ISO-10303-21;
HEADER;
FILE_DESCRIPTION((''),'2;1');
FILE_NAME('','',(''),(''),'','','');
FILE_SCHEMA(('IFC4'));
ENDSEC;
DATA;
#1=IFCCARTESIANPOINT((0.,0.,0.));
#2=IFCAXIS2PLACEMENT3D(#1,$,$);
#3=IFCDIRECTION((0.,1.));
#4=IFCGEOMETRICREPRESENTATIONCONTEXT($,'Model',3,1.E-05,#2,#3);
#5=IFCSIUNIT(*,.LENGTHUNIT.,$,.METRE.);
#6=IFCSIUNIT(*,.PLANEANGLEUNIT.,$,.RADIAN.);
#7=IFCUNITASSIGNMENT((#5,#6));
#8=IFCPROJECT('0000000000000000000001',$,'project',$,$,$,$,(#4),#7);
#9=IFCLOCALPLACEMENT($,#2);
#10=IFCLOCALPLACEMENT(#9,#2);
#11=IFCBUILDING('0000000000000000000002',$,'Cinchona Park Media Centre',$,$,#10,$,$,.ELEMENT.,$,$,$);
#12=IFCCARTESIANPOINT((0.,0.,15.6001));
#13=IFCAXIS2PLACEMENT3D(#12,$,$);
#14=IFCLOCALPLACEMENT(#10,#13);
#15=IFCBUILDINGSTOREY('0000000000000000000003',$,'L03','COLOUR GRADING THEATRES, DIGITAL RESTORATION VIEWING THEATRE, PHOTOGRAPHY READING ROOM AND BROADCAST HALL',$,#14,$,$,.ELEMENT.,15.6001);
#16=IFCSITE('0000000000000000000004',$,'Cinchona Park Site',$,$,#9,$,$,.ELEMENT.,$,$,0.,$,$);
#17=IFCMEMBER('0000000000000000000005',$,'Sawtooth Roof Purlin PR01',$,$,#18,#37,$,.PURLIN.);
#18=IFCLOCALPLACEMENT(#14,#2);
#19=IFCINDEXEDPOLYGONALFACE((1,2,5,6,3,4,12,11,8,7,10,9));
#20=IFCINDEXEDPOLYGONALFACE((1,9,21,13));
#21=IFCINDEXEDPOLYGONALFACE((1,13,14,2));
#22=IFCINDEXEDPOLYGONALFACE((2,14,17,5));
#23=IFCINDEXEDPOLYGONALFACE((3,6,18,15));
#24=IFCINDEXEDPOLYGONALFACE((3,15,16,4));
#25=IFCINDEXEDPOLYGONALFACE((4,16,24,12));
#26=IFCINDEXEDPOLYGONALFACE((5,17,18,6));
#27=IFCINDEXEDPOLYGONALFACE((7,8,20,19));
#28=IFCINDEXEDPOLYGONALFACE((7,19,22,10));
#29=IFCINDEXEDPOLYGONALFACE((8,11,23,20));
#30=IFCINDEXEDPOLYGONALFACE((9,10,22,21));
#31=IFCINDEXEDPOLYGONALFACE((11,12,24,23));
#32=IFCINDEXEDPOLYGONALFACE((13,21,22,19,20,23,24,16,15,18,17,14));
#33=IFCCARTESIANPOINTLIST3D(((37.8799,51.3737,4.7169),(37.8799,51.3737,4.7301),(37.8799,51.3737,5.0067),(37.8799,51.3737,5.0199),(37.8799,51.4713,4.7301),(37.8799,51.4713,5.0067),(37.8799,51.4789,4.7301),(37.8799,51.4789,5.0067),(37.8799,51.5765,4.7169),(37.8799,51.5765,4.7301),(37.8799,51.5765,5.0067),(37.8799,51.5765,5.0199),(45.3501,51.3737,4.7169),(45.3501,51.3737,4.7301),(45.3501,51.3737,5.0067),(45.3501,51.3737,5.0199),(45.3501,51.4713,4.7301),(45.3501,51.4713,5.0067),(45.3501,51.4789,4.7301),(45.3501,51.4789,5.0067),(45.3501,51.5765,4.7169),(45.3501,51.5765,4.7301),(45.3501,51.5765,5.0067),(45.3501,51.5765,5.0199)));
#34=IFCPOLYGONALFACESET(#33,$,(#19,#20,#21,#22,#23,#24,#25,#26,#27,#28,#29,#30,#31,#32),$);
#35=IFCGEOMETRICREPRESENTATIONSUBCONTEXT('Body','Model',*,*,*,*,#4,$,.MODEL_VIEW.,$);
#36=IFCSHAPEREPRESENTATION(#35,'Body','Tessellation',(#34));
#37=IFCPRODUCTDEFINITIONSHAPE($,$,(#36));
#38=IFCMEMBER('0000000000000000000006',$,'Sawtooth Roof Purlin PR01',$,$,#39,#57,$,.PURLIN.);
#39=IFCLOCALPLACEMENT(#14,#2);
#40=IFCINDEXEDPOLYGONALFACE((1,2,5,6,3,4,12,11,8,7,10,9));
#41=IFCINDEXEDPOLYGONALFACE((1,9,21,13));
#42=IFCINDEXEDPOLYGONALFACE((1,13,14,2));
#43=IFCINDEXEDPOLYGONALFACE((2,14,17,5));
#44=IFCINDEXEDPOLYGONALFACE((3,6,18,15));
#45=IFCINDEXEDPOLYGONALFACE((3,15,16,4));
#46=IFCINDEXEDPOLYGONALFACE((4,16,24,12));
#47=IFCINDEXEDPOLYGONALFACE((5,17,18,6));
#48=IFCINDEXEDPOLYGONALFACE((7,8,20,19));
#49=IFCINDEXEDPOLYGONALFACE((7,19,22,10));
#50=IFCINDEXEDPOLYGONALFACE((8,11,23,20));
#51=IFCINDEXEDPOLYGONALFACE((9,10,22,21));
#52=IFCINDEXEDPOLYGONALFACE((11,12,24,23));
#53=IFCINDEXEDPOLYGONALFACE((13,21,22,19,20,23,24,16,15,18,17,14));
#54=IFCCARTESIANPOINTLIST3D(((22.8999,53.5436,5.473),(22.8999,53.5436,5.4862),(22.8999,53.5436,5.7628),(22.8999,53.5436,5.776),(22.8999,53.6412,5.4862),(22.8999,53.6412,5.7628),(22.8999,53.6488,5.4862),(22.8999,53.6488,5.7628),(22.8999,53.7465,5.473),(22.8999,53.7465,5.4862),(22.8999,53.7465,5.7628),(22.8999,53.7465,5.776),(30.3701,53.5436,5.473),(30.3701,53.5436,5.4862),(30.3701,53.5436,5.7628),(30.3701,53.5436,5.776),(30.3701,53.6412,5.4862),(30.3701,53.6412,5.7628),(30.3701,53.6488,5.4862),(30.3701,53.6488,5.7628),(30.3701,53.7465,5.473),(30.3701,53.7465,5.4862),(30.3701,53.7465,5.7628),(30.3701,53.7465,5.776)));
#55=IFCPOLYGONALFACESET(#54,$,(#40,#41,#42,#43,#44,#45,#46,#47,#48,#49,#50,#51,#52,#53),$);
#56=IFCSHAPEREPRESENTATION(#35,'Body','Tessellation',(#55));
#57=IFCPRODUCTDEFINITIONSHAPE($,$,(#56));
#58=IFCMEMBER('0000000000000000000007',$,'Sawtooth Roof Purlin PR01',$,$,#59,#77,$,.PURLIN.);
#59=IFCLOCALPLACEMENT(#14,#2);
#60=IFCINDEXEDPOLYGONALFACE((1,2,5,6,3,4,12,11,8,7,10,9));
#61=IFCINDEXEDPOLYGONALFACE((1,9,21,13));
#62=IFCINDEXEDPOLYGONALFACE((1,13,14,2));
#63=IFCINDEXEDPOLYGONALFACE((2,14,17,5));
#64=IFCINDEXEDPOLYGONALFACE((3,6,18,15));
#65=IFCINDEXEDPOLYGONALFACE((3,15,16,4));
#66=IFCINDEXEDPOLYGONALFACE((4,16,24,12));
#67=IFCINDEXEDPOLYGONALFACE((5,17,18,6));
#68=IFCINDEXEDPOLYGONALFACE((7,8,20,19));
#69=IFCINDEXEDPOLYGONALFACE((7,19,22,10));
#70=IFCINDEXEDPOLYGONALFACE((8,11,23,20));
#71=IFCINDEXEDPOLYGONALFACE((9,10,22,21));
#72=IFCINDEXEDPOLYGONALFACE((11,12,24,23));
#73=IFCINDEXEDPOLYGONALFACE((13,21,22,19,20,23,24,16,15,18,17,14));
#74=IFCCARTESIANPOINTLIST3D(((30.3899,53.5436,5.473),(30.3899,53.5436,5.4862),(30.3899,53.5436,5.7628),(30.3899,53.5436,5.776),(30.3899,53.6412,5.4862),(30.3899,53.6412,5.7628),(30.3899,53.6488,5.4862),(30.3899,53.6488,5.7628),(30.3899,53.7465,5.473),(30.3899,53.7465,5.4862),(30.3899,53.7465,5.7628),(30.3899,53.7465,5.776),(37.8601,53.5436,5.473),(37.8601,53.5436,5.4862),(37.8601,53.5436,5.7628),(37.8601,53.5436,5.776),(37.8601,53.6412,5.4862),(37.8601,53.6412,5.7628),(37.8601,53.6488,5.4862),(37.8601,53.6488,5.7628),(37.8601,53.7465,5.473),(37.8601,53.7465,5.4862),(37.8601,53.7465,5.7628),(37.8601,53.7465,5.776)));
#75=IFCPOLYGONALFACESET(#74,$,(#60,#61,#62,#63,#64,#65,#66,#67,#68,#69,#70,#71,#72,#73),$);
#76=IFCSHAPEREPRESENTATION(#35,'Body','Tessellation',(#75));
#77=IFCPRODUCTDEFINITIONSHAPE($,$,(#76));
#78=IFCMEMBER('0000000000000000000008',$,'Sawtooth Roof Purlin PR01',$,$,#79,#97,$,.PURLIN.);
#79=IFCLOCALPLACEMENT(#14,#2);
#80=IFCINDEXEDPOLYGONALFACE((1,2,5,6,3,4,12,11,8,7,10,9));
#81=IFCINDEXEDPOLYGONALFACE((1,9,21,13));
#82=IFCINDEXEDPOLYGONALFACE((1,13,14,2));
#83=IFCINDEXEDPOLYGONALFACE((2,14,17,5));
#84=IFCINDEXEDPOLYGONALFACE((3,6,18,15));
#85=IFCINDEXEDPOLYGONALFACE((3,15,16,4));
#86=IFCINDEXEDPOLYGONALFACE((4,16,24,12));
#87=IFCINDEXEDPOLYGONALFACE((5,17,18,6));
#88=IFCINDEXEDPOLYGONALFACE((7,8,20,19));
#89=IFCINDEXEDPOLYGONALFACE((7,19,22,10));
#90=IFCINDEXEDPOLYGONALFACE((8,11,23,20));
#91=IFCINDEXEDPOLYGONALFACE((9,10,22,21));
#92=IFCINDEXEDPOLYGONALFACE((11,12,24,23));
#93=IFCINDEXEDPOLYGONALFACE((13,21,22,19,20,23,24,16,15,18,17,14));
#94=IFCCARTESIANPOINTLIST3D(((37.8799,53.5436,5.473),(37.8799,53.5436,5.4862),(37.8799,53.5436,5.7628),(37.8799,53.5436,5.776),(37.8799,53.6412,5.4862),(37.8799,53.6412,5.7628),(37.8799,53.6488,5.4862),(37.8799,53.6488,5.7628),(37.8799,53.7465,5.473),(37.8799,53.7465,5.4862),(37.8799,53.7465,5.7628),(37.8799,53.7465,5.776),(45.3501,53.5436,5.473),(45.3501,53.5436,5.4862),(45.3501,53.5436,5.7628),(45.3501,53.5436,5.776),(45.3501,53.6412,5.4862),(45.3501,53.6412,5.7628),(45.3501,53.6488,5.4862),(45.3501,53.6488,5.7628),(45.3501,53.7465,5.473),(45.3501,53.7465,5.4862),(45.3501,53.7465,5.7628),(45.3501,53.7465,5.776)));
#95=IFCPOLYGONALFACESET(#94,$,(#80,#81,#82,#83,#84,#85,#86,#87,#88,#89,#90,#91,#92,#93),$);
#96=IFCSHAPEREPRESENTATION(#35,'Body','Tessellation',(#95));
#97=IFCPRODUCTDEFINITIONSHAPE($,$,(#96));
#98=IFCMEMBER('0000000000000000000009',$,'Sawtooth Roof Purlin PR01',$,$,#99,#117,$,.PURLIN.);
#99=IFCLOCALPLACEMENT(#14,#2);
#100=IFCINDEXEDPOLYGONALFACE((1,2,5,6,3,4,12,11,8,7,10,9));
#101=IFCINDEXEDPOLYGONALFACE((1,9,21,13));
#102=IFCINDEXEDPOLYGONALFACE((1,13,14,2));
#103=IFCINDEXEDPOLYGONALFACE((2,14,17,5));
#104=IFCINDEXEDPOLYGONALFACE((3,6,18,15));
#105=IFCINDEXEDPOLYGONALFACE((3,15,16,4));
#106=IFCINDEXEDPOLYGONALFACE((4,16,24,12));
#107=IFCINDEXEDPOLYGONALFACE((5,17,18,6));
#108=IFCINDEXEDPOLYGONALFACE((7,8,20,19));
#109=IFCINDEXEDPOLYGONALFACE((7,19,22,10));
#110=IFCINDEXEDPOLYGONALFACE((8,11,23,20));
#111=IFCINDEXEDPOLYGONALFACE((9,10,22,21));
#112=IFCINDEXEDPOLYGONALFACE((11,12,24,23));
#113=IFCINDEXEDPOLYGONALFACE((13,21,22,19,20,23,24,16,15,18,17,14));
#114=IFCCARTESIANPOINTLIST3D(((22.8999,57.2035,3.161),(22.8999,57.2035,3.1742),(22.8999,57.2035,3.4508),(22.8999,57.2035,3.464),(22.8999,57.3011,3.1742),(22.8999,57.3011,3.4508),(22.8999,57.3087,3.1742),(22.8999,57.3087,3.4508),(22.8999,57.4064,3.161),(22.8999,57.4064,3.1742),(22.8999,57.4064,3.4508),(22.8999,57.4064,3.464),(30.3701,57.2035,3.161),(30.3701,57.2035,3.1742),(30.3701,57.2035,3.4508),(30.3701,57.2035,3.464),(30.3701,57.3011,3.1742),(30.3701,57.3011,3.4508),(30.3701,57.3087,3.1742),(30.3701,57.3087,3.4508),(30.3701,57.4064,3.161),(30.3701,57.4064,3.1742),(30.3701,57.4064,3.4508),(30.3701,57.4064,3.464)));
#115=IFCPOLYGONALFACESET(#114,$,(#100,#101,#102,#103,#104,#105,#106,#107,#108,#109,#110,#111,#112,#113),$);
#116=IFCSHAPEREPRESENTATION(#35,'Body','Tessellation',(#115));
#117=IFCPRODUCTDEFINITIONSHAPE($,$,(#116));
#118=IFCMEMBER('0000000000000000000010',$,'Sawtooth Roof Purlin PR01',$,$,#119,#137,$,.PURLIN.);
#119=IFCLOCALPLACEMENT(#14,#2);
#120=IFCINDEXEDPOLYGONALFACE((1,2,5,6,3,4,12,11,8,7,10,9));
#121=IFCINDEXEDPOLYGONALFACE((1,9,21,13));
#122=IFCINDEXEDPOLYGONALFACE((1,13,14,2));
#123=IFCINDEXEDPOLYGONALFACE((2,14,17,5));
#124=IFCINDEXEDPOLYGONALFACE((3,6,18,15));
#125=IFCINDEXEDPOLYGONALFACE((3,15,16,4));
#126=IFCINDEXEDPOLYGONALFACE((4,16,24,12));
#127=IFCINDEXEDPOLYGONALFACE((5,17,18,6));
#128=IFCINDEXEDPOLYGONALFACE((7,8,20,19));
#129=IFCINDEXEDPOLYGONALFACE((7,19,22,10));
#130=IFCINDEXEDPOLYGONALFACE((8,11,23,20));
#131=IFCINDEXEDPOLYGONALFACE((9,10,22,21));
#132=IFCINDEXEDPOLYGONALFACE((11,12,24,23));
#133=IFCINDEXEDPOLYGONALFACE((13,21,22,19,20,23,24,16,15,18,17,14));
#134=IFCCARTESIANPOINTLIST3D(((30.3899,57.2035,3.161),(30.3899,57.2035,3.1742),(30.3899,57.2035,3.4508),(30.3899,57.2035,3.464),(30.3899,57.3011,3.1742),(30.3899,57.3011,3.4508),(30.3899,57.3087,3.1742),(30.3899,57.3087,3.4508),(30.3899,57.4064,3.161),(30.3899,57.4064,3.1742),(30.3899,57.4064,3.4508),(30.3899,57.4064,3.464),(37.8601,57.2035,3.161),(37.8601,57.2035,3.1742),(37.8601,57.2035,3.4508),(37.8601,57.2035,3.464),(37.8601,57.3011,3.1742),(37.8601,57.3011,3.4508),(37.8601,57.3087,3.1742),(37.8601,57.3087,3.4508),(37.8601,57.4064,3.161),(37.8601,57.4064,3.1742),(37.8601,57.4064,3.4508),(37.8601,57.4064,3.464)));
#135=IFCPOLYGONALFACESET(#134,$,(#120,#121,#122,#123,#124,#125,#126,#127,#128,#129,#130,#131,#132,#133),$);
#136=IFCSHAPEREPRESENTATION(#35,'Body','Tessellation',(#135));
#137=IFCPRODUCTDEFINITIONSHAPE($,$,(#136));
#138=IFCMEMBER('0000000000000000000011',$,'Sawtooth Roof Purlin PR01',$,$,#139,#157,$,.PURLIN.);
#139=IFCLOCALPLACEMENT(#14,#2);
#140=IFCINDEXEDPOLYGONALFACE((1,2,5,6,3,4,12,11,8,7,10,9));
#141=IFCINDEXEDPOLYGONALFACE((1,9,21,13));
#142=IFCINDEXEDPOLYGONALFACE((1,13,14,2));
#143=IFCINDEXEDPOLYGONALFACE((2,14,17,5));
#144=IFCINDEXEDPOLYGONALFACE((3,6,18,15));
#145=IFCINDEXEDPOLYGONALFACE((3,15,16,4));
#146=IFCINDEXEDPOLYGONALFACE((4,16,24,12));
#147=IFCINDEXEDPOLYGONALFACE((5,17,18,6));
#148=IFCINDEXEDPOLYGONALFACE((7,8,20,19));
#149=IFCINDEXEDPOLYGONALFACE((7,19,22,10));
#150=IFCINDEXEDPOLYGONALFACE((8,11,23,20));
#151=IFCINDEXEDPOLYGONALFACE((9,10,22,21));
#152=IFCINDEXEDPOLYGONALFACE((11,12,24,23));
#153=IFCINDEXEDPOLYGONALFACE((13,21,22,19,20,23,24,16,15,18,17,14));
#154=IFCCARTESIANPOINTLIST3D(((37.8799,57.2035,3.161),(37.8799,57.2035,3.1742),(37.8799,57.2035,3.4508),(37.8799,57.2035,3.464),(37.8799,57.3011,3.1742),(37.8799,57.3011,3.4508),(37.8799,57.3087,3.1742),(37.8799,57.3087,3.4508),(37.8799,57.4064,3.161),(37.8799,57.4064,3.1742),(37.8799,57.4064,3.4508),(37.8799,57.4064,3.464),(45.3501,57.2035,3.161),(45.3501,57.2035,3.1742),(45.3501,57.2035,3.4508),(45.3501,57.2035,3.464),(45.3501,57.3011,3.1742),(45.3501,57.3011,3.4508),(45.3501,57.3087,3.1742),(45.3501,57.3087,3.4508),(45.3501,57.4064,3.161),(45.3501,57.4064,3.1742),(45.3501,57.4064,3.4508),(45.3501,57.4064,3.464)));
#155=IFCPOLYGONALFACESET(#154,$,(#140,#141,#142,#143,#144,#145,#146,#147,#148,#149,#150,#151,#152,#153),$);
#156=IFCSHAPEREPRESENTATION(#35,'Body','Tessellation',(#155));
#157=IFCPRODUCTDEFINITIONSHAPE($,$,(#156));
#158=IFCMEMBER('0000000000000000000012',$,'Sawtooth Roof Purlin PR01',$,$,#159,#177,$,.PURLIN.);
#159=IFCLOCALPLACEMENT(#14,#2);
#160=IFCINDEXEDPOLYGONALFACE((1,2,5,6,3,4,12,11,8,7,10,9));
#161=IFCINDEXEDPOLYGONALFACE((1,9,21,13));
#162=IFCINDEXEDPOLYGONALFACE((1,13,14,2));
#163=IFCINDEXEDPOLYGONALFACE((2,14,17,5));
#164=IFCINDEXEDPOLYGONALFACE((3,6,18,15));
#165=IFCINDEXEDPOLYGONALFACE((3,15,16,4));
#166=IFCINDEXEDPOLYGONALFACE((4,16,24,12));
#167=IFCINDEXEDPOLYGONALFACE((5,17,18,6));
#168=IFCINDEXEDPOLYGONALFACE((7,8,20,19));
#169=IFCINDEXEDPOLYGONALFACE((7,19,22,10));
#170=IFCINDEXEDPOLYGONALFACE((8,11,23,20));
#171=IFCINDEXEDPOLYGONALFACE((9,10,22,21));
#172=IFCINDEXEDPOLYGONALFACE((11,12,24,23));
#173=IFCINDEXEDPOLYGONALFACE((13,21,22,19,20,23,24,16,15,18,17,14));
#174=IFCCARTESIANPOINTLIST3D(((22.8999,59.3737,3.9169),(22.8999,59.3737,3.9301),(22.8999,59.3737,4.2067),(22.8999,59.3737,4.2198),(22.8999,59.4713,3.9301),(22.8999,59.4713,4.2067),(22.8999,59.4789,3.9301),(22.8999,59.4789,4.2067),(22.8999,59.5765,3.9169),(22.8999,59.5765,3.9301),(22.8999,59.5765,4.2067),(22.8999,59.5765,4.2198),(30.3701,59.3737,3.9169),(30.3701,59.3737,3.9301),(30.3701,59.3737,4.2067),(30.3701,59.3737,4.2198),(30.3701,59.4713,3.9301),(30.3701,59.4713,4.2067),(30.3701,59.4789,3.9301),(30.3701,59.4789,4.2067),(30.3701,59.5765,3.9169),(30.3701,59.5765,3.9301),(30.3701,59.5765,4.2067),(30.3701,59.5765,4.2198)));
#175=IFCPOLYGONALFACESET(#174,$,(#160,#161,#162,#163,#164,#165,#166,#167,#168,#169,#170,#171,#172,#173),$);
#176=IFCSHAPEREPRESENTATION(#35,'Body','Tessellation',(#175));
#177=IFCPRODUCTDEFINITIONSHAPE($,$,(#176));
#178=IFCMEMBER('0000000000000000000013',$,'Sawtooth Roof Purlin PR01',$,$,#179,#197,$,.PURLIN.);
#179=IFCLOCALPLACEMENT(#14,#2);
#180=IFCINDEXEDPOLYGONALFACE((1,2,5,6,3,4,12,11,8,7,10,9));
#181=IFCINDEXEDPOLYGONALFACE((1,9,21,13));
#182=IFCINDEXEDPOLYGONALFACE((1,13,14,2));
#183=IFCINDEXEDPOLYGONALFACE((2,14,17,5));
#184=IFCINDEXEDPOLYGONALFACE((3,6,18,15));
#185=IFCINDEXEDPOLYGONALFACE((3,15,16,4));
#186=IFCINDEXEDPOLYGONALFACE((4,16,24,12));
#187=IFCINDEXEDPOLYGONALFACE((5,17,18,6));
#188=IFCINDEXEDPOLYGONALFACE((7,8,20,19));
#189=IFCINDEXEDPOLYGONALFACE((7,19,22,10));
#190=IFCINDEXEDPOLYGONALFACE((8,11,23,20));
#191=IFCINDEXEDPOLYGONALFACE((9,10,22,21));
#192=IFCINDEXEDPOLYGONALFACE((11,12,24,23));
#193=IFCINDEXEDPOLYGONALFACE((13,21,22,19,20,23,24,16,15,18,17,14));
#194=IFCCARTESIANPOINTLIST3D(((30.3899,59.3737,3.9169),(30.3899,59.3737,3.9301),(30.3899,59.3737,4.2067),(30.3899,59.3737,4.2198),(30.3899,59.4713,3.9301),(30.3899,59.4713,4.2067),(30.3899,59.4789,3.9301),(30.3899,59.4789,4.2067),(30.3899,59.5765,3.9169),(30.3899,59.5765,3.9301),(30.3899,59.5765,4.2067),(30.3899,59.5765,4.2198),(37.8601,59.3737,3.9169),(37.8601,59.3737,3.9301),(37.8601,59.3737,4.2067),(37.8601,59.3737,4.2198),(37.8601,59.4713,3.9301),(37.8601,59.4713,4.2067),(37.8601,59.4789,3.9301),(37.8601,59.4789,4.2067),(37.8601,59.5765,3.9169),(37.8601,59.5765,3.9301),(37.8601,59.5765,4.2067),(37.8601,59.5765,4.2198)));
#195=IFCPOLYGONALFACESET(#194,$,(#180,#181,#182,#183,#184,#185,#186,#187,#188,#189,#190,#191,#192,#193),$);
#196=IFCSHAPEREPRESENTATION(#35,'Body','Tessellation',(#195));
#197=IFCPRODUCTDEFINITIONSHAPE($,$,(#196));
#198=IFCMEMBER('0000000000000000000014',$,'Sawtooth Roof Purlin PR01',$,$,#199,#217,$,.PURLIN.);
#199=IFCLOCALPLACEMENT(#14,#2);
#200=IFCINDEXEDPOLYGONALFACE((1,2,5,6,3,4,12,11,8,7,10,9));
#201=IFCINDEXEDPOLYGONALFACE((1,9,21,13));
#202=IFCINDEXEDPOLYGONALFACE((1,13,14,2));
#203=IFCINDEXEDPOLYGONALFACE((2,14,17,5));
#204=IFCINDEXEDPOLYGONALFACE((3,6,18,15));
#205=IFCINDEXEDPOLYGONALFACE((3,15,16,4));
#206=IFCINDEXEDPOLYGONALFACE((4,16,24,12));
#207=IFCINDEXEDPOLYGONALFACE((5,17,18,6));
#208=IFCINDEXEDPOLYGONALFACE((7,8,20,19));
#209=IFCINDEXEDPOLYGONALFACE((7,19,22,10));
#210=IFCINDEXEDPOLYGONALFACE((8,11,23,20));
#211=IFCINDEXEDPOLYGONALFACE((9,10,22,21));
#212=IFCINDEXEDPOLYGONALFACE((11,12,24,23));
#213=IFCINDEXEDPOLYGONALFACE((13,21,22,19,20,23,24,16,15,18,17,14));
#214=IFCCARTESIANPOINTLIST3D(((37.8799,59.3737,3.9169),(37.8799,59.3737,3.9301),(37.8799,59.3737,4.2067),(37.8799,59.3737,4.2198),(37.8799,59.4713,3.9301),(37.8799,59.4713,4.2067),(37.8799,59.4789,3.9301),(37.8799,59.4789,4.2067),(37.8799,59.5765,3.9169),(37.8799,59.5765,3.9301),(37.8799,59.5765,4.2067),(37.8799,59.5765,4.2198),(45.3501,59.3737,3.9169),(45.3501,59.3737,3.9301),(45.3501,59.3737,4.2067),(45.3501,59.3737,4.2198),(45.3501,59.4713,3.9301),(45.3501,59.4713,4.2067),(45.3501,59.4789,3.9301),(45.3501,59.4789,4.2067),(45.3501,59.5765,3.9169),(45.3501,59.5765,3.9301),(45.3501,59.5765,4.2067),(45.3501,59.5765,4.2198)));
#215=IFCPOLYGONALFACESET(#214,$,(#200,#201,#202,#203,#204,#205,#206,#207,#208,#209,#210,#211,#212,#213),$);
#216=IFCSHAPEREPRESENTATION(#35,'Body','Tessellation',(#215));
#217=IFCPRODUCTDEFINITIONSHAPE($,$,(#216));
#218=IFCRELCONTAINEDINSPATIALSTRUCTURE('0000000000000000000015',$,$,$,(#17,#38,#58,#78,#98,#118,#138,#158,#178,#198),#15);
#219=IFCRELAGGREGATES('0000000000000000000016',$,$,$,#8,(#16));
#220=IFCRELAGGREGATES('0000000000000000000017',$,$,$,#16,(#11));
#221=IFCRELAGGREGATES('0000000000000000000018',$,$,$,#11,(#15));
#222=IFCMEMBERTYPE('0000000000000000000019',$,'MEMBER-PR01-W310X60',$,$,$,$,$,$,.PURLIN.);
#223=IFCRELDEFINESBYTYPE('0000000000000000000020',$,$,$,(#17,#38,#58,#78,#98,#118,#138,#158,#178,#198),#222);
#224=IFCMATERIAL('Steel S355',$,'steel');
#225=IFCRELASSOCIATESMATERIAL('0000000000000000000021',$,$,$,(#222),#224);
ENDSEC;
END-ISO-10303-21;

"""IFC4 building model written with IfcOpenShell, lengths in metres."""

from ifc_helpers import new_model, si_unit, direction, frame, origin, origin_2d, place, context, subcontext, project, spatial, i_section, extrude, material, material_profile, profile_set, type_object, element, save


model = new_model("IFC4")

# Units and contexts
model_context = context("Model", 3, precision=1e-05, world=origin(), true_north=direction((0.0, 1.0)))
body_context = subcontext(model_context, "Body", "Model", "MODEL_VIEW")
ifc_project = project(units=[si_unit("LENGTHUNIT", "METRE"), si_unit("PLANEANGLEUNIT", "RADIAN")], contexts=[model_context])

# Site, building, storey
site_placement = place(None, origin())
site = spatial("IfcSite", under=ifc_project, at=site_placement, Name="Cinchona Park Site", CompositionType="ELEMENT", RefElevation=0.0)
building_placement = place(site_placement, origin())
building = spatial("IfcBuilding", under=site, at=building_placement, Name="Cinchona Park Media Centre", CompositionType="ELEMENT")
storey_placement = place(building_placement, frame((0.0, 0.0, 15.6001)))
storey = spatial("IfcBuildingStorey", under=building, at=storey_placement, Name="L03", Description="COLOUR GRADING THEATRES, DIGITAL RESTORATION VIEWING THEATRE, PHOTOGRAPHY READING ROOM AND BROADCAST HALL", CompositionType="ELEMENT", Elevation=15.6001)

# Members
ifc_material_1 = material(Name="Steel S355", Category="steel")
ifc_material_profile_1 = material_profile(ifc_material_1, i_section(OverallWidth=0.2029, OverallDepth=0.303, WebThickness=0.0076, FlangeThickness=0.0132, at=origin_2d()), Name="W310X60")
ifc_profile_set_1 = profile_set([ifc_material_profile_1], Name="Steel S355")
member_type_1 = type_object("IfcMemberType", Name="MEMBER-PR01-W310X60", PredefinedType="PURLIN", material=ifc_profile_set_1)
for number, where, z_axis, x_axis, name in (
    (1, (37.8799, 51.4751, 4.8684), (1.0, 0.0, 0.0), (0.0, 1.0, 0.0), "Sawtooth Roof Purlin PR01"),
    (2, (22.8999, 53.645, 5.6245), (1.0, 0.0, 0.0), (0.0, 1.0, 0.0), "Sawtooth Roof Purlin PR01"),
    (3, (30.3899, 53.645, 5.6245), (1.0, 0.0, 0.0), (0.0, 1.0, 0.0), "Sawtooth Roof Purlin PR01"),
    (4, (37.8799, 53.645, 5.6245), (1.0, 0.0, 0.0), (0.0, 1.0, 0.0), "Sawtooth Roof Purlin PR01"),
    (5, (22.8999, 57.3049, 3.3125), (1.0, 0.0, 0.0), (0.0, 1.0, 0.0), "Sawtooth Roof Purlin PR01"),
    (6, (30.3899, 57.3049, 3.3125), (1.0, 0.0, 0.0), (0.0, 1.0, 0.0), "Sawtooth Roof Purlin PR01"),
    (7, (37.8799, 57.3049, 3.3125), (1.0, 0.0, 0.0), (0.0, 1.0, 0.0), "Sawtooth Roof Purlin PR01"),
    (8, (22.8999, 59.4751, 4.0684), (1.0, 0.0, 0.0), (0.0, 1.0, 0.0), "Sawtooth Roof Purlin PR01"),
    (9, (30.3899, 59.4751, 4.0684), (1.0, 0.0, 0.0), (0.0, 1.0, 0.0), "Sawtooth Roof Purlin PR01"),
    (10, (37.8799, 59.4751, 4.0684), (1.0, 0.0, 0.0), (0.0, 1.0, 0.0), "Sawtooth Roof Purlin PR01"),
):
    element("IfcMember", number, at=place(storey_placement, frame(where, z_axis=z_axis, x_axis=x_axis)), inside=storey, type_object=member_type_1, Name=name, PredefinedType="PURLIN", context=body_context, shape_type="SweptSolid", body=[
        extrude(i_section(OverallWidth=0.2029, OverallDepth=0.303, WebThickness=0.0076, FlangeThickness=0.0132, at=origin_2d()), origin(), (0.0, 0.0, 1.0), 7.4702),
    ])

save(model, "model.ifc")
